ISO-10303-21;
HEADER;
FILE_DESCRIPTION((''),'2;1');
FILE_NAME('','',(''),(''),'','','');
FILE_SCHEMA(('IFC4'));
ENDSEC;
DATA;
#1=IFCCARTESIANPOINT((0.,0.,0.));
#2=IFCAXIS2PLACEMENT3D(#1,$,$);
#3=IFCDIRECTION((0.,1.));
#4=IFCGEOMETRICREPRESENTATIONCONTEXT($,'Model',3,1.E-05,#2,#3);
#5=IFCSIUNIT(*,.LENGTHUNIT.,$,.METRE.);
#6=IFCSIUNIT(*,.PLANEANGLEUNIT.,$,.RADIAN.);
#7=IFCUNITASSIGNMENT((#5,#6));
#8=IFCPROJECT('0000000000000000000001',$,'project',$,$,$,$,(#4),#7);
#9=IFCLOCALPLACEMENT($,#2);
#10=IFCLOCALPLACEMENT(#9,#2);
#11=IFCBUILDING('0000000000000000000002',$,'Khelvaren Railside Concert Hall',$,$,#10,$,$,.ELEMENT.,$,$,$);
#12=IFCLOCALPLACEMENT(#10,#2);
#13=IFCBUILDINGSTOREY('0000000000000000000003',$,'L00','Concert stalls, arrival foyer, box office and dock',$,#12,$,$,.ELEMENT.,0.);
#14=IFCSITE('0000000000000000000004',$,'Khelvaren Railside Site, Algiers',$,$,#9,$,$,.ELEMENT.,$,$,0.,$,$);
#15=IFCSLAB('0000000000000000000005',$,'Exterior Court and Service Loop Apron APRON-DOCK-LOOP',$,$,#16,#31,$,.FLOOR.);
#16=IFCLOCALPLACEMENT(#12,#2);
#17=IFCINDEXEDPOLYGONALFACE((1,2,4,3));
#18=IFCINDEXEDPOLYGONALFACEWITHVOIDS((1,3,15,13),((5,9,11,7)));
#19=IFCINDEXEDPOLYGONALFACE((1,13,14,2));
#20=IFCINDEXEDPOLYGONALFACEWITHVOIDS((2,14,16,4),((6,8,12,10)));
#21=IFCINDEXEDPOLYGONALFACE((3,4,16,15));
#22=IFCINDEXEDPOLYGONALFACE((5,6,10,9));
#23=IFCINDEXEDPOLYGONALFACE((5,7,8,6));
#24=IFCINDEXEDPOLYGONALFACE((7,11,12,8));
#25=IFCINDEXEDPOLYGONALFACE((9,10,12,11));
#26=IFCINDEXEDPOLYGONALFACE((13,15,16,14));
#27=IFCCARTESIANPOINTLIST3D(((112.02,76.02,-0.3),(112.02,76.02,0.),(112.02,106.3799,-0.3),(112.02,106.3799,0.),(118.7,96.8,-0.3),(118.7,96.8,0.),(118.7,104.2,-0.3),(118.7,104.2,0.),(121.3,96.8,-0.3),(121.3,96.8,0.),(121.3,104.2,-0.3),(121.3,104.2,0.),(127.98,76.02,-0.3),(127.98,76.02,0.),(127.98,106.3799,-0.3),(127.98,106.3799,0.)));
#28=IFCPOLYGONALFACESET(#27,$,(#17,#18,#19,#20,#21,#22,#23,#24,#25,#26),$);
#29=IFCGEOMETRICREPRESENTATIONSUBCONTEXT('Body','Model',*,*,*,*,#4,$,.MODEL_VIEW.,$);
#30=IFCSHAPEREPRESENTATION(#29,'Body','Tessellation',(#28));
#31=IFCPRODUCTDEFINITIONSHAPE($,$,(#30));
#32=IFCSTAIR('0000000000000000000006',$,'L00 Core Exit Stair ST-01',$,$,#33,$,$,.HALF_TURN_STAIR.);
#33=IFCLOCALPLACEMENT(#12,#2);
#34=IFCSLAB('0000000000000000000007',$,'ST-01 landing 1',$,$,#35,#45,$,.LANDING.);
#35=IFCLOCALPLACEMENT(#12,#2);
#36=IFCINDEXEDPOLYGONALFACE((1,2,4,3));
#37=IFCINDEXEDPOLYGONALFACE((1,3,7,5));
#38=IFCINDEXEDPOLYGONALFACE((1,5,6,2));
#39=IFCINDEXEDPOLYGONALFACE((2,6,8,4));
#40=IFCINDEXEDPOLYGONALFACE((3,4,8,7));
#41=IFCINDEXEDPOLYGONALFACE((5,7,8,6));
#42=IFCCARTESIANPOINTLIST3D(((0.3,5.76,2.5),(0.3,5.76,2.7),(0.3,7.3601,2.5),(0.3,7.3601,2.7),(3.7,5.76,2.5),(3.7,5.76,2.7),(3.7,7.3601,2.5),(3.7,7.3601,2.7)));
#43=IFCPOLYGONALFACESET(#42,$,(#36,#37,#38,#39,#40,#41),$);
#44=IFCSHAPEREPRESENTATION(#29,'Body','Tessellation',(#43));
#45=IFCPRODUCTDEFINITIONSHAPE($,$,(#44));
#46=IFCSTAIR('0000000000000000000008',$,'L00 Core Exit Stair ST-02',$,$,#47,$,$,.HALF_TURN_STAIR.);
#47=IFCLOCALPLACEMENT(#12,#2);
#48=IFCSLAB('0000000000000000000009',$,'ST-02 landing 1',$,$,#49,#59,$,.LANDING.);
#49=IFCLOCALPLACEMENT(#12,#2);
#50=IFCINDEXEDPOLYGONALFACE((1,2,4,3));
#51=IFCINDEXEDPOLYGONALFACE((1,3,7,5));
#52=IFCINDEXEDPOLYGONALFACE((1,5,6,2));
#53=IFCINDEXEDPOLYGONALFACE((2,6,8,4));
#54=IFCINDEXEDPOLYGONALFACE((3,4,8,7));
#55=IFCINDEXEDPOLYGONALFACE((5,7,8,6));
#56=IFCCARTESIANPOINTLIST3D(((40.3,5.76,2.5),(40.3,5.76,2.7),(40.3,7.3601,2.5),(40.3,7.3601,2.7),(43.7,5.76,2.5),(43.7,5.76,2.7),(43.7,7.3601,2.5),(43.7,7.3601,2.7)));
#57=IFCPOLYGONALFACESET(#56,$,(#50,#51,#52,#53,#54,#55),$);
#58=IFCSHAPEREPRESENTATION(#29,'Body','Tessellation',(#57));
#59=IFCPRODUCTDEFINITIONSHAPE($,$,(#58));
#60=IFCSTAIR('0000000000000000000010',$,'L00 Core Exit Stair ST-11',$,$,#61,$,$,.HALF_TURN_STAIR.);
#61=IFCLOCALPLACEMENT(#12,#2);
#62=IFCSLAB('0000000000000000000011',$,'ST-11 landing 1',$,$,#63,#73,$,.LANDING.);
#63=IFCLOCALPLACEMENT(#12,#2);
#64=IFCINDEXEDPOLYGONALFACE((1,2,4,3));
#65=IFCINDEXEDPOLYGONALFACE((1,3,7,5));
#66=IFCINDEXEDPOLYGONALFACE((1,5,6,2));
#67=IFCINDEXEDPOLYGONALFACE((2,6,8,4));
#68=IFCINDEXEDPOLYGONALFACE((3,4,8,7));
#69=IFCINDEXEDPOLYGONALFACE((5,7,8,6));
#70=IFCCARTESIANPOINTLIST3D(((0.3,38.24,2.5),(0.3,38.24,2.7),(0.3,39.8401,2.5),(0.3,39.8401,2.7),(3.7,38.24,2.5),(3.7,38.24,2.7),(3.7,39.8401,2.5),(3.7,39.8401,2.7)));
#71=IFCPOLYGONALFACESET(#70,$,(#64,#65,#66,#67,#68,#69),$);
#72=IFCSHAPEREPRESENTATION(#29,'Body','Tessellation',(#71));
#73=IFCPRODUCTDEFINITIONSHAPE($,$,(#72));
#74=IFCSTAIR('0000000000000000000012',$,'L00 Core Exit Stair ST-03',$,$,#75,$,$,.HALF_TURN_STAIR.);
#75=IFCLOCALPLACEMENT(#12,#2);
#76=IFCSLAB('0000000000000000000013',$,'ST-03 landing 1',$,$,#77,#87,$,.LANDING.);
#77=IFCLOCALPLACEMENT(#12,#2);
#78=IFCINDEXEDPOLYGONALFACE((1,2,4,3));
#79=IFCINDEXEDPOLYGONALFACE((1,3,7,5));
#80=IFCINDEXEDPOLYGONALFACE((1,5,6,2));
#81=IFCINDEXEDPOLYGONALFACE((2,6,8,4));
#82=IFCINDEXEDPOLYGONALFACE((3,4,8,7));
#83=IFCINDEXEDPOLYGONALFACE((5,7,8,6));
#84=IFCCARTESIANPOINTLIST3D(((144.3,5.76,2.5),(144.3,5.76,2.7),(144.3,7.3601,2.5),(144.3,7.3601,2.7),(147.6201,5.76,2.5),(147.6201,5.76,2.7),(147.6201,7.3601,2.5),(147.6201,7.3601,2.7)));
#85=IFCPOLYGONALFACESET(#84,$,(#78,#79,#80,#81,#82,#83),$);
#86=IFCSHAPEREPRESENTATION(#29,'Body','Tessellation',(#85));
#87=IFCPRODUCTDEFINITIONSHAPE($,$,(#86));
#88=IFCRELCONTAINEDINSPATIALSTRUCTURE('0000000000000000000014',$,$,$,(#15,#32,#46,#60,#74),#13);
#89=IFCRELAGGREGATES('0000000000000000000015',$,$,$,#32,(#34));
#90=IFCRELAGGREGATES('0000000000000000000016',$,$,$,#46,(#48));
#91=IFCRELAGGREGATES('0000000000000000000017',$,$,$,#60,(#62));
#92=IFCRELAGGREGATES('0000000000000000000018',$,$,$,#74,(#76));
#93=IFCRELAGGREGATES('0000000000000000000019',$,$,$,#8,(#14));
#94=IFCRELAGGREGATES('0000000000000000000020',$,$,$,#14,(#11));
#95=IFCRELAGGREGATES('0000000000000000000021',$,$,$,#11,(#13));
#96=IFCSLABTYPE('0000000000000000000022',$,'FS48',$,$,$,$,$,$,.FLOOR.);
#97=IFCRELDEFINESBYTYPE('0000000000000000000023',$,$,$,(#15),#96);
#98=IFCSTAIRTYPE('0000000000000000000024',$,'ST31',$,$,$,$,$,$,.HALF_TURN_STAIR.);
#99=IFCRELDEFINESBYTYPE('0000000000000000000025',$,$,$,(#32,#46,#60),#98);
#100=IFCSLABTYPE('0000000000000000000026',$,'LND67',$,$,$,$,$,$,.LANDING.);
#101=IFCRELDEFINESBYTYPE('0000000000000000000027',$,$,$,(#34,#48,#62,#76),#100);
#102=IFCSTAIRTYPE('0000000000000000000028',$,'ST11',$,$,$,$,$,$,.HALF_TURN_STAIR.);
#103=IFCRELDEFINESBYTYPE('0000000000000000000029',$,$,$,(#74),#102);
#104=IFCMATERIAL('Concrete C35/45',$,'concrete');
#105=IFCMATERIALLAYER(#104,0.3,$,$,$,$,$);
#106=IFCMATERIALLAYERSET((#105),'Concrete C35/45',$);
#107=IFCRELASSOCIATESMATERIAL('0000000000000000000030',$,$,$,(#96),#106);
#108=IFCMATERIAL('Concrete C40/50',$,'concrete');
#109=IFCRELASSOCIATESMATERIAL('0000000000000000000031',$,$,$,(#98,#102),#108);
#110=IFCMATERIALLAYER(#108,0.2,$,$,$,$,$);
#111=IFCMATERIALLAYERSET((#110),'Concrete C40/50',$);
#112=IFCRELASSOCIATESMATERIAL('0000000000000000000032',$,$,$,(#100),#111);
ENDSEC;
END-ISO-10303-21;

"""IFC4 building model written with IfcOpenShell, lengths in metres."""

from ifc_helpers import new_model, si_unit, direction, frame, origin, place, context, subcontext, project, spatial, polyline, outline, extrude, material, layer, layer_set, type_object, element, aggregate, save


model = new_model("IFC4")

# Units and contexts
model_context = context("Model", 3, precision=1e-05, world=origin(), true_north=direction((0.0, 1.0)))
body_context = subcontext(model_context, "Body", "Model", "MODEL_VIEW")
ifc_project = project(units=[si_unit("LENGTHUNIT", "METRE"), si_unit("PLANEANGLEUNIT", "RADIAN")], contexts=[model_context])

# Site, building, storey
site_placement = place(None, origin())
site = spatial("IfcSite", under=ifc_project, at=site_placement, Name="Khelvaren Railside Site, Algiers", CompositionType="ELEMENT", RefElevation=0.0)
building_placement = place(site_placement, origin())
building = spatial("IfcBuilding", under=site, at=building_placement, Name="Khelvaren Railside Concert Hall", CompositionType="ELEMENT")
storey_placement = place(building_placement, origin())
storey = spatial("IfcBuildingStorey", under=building, at=storey_placement, Name="L00", Description="Concert stalls, arrival foyer, box office and dock", CompositionType="ELEMENT", Elevation=0.0)

# Shared definitions
ifc_material_1 = material(Name="Concrete C35/45", Category="concrete")

# Slab
ifc_material_2 = material(Name="Concrete C40/50", Category="concrete")
ifc_layer_1 = layer(ifc_material_1, 0.3)
ifc_layer_set_1 = layer_set([ifc_layer_1], Name="Concrete C35/45")
slab_type_1 = type_object("IfcSlabType", Name="FS48", PredefinedType="FLOOR", material=ifc_layer_set_1)
slab_1_placement = place(storey_placement, frame((0.0, 0.0, -0.3)))
element("IfcSlab", 1, at=slab_1_placement, inside=storey, type_object=slab_type_1, Name="Exterior Court and Service Loop Apron APRON-DOCK-LOOP", PredefinedType="FLOOR", context=body_context, shape_type="SweptSolid", body=[
    extrude(outline(polyline([(112.02, 76.02), (127.98, 76.02), (127.98, 106.3799), (112.02, 106.3799), (112.02, 76.02)]), holes=[polyline([(118.7, 96.8), (121.3, 96.8), (121.3, 104.2), (118.7, 104.2), (118.7, 96.8)])]), origin(), (0.0, 0.0, 1.0), 0.3),
])

# Stairs, slabs
stair_type_1 = type_object("IfcStairType", Name="ST31", PredefinedType="HALF_TURN_STAIR", material=ifc_material_2)
stair_1_placement = place(storey_placement, origin())
stair_1 = element("IfcStair", 2, at=stair_1_placement, inside=storey, type_object=stair_type_1, Name="L00 Core Exit Stair ST-01", PredefinedType="HALF_TURN_STAIR")
ifc_layer_2 = layer(ifc_material_2, 0.2)
ifc_layer_set_2 = layer_set([ifc_layer_2], Name="Concrete C40/50")
slab_type_2 = type_object("IfcSlabType", Name="LND67", PredefinedType="LANDING", material=ifc_layer_set_2)
slab_2_placement = place(storey_placement, frame((0.0, 0.0, 2.5)))
slab_2 = element("IfcSlab", 3, at=slab_2_placement, type_object=slab_type_2, Name="ST-01 landing 1", PredefinedType="LANDING", context=body_context, shape_type="SweptSolid", body=[
    extrude(outline(polyline([(3.7, 5.76), (3.7, 7.3601), (0.3, 7.3601), (0.3, 5.76), (3.7, 5.76)])), origin(), (0.0, 0.0, 1.0), 0.2),
])
aggregate(stair_1, [slab_2])
stair_2_placement = place(storey_placement, origin())
stair_2 = element("IfcStair", 4, at=stair_2_placement, inside=storey, type_object=stair_type_1, Name="L00 Core Exit Stair ST-02", PredefinedType="HALF_TURN_STAIR")
slab_3_placement = place(storey_placement, frame((0.0, 0.0, 2.5)))
slab_3 = element("IfcSlab", 5, at=slab_3_placement, type_object=slab_type_2, Name="ST-02 landing 1", PredefinedType="LANDING", context=body_context, shape_type="SweptSolid", body=[
    extrude(outline(polyline([(43.7, 5.76), (43.7, 7.3601), (40.3, 7.3601), (40.3, 5.76), (43.7, 5.76)])), origin(), (0.0, 0.0, 1.0), 0.2),
])
aggregate(stair_2, [slab_3])
stair_3_placement = place(storey_placement, origin())
stair_3 = element("IfcStair", 6, at=stair_3_placement, inside=storey, type_object=stair_type_1, Name="L00 Core Exit Stair ST-11", PredefinedType="HALF_TURN_STAIR")
slab_4_placement = place(storey_placement, frame((0.0, 0.0, 2.5)))
slab_4 = element("IfcSlab", 7, at=slab_4_placement, type_object=slab_type_2, Name="ST-11 landing 1", PredefinedType="LANDING", context=body_context, shape_type="SweptSolid", body=[
    extrude(outline(polyline([(0.3, 39.8401), (0.3, 38.24), (3.7, 38.24), (3.7, 39.8401), (0.3, 39.8401)])), origin(), (0.0, 0.0, 1.0), 0.2),
])
aggregate(stair_3, [slab_4])
stair_type_2 = type_object("IfcStairType", Name="ST11", PredefinedType="HALF_TURN_STAIR", material=ifc_material_2)
stair_4_placement = place(storey_placement, origin())
stair_4 = element("IfcStair", 8, at=stair_4_placement, inside=storey, type_object=stair_type_2, Name="L00 Core Exit Stair ST-03", PredefinedType="HALF_TURN_STAIR")
slab_5_placement = place(storey_placement, frame((0.0, 0.0, 2.5)))
slab_5 = element("IfcSlab", 9, at=slab_5_placement, type_object=slab_type_2, Name="ST-03 landing 1", PredefinedType="LANDING", context=body_context, shape_type="SweptSolid", body=[
    extrude(outline(polyline([(147.6201, 5.76), (147.6201, 7.3601), (144.3, 7.3601), (144.3, 5.76), (147.6201, 5.76)])), origin(), (0.0, 0.0, 1.0), 0.2),
])
aggregate(stair_4, [slab_5])

save(model, "model.ifc")
